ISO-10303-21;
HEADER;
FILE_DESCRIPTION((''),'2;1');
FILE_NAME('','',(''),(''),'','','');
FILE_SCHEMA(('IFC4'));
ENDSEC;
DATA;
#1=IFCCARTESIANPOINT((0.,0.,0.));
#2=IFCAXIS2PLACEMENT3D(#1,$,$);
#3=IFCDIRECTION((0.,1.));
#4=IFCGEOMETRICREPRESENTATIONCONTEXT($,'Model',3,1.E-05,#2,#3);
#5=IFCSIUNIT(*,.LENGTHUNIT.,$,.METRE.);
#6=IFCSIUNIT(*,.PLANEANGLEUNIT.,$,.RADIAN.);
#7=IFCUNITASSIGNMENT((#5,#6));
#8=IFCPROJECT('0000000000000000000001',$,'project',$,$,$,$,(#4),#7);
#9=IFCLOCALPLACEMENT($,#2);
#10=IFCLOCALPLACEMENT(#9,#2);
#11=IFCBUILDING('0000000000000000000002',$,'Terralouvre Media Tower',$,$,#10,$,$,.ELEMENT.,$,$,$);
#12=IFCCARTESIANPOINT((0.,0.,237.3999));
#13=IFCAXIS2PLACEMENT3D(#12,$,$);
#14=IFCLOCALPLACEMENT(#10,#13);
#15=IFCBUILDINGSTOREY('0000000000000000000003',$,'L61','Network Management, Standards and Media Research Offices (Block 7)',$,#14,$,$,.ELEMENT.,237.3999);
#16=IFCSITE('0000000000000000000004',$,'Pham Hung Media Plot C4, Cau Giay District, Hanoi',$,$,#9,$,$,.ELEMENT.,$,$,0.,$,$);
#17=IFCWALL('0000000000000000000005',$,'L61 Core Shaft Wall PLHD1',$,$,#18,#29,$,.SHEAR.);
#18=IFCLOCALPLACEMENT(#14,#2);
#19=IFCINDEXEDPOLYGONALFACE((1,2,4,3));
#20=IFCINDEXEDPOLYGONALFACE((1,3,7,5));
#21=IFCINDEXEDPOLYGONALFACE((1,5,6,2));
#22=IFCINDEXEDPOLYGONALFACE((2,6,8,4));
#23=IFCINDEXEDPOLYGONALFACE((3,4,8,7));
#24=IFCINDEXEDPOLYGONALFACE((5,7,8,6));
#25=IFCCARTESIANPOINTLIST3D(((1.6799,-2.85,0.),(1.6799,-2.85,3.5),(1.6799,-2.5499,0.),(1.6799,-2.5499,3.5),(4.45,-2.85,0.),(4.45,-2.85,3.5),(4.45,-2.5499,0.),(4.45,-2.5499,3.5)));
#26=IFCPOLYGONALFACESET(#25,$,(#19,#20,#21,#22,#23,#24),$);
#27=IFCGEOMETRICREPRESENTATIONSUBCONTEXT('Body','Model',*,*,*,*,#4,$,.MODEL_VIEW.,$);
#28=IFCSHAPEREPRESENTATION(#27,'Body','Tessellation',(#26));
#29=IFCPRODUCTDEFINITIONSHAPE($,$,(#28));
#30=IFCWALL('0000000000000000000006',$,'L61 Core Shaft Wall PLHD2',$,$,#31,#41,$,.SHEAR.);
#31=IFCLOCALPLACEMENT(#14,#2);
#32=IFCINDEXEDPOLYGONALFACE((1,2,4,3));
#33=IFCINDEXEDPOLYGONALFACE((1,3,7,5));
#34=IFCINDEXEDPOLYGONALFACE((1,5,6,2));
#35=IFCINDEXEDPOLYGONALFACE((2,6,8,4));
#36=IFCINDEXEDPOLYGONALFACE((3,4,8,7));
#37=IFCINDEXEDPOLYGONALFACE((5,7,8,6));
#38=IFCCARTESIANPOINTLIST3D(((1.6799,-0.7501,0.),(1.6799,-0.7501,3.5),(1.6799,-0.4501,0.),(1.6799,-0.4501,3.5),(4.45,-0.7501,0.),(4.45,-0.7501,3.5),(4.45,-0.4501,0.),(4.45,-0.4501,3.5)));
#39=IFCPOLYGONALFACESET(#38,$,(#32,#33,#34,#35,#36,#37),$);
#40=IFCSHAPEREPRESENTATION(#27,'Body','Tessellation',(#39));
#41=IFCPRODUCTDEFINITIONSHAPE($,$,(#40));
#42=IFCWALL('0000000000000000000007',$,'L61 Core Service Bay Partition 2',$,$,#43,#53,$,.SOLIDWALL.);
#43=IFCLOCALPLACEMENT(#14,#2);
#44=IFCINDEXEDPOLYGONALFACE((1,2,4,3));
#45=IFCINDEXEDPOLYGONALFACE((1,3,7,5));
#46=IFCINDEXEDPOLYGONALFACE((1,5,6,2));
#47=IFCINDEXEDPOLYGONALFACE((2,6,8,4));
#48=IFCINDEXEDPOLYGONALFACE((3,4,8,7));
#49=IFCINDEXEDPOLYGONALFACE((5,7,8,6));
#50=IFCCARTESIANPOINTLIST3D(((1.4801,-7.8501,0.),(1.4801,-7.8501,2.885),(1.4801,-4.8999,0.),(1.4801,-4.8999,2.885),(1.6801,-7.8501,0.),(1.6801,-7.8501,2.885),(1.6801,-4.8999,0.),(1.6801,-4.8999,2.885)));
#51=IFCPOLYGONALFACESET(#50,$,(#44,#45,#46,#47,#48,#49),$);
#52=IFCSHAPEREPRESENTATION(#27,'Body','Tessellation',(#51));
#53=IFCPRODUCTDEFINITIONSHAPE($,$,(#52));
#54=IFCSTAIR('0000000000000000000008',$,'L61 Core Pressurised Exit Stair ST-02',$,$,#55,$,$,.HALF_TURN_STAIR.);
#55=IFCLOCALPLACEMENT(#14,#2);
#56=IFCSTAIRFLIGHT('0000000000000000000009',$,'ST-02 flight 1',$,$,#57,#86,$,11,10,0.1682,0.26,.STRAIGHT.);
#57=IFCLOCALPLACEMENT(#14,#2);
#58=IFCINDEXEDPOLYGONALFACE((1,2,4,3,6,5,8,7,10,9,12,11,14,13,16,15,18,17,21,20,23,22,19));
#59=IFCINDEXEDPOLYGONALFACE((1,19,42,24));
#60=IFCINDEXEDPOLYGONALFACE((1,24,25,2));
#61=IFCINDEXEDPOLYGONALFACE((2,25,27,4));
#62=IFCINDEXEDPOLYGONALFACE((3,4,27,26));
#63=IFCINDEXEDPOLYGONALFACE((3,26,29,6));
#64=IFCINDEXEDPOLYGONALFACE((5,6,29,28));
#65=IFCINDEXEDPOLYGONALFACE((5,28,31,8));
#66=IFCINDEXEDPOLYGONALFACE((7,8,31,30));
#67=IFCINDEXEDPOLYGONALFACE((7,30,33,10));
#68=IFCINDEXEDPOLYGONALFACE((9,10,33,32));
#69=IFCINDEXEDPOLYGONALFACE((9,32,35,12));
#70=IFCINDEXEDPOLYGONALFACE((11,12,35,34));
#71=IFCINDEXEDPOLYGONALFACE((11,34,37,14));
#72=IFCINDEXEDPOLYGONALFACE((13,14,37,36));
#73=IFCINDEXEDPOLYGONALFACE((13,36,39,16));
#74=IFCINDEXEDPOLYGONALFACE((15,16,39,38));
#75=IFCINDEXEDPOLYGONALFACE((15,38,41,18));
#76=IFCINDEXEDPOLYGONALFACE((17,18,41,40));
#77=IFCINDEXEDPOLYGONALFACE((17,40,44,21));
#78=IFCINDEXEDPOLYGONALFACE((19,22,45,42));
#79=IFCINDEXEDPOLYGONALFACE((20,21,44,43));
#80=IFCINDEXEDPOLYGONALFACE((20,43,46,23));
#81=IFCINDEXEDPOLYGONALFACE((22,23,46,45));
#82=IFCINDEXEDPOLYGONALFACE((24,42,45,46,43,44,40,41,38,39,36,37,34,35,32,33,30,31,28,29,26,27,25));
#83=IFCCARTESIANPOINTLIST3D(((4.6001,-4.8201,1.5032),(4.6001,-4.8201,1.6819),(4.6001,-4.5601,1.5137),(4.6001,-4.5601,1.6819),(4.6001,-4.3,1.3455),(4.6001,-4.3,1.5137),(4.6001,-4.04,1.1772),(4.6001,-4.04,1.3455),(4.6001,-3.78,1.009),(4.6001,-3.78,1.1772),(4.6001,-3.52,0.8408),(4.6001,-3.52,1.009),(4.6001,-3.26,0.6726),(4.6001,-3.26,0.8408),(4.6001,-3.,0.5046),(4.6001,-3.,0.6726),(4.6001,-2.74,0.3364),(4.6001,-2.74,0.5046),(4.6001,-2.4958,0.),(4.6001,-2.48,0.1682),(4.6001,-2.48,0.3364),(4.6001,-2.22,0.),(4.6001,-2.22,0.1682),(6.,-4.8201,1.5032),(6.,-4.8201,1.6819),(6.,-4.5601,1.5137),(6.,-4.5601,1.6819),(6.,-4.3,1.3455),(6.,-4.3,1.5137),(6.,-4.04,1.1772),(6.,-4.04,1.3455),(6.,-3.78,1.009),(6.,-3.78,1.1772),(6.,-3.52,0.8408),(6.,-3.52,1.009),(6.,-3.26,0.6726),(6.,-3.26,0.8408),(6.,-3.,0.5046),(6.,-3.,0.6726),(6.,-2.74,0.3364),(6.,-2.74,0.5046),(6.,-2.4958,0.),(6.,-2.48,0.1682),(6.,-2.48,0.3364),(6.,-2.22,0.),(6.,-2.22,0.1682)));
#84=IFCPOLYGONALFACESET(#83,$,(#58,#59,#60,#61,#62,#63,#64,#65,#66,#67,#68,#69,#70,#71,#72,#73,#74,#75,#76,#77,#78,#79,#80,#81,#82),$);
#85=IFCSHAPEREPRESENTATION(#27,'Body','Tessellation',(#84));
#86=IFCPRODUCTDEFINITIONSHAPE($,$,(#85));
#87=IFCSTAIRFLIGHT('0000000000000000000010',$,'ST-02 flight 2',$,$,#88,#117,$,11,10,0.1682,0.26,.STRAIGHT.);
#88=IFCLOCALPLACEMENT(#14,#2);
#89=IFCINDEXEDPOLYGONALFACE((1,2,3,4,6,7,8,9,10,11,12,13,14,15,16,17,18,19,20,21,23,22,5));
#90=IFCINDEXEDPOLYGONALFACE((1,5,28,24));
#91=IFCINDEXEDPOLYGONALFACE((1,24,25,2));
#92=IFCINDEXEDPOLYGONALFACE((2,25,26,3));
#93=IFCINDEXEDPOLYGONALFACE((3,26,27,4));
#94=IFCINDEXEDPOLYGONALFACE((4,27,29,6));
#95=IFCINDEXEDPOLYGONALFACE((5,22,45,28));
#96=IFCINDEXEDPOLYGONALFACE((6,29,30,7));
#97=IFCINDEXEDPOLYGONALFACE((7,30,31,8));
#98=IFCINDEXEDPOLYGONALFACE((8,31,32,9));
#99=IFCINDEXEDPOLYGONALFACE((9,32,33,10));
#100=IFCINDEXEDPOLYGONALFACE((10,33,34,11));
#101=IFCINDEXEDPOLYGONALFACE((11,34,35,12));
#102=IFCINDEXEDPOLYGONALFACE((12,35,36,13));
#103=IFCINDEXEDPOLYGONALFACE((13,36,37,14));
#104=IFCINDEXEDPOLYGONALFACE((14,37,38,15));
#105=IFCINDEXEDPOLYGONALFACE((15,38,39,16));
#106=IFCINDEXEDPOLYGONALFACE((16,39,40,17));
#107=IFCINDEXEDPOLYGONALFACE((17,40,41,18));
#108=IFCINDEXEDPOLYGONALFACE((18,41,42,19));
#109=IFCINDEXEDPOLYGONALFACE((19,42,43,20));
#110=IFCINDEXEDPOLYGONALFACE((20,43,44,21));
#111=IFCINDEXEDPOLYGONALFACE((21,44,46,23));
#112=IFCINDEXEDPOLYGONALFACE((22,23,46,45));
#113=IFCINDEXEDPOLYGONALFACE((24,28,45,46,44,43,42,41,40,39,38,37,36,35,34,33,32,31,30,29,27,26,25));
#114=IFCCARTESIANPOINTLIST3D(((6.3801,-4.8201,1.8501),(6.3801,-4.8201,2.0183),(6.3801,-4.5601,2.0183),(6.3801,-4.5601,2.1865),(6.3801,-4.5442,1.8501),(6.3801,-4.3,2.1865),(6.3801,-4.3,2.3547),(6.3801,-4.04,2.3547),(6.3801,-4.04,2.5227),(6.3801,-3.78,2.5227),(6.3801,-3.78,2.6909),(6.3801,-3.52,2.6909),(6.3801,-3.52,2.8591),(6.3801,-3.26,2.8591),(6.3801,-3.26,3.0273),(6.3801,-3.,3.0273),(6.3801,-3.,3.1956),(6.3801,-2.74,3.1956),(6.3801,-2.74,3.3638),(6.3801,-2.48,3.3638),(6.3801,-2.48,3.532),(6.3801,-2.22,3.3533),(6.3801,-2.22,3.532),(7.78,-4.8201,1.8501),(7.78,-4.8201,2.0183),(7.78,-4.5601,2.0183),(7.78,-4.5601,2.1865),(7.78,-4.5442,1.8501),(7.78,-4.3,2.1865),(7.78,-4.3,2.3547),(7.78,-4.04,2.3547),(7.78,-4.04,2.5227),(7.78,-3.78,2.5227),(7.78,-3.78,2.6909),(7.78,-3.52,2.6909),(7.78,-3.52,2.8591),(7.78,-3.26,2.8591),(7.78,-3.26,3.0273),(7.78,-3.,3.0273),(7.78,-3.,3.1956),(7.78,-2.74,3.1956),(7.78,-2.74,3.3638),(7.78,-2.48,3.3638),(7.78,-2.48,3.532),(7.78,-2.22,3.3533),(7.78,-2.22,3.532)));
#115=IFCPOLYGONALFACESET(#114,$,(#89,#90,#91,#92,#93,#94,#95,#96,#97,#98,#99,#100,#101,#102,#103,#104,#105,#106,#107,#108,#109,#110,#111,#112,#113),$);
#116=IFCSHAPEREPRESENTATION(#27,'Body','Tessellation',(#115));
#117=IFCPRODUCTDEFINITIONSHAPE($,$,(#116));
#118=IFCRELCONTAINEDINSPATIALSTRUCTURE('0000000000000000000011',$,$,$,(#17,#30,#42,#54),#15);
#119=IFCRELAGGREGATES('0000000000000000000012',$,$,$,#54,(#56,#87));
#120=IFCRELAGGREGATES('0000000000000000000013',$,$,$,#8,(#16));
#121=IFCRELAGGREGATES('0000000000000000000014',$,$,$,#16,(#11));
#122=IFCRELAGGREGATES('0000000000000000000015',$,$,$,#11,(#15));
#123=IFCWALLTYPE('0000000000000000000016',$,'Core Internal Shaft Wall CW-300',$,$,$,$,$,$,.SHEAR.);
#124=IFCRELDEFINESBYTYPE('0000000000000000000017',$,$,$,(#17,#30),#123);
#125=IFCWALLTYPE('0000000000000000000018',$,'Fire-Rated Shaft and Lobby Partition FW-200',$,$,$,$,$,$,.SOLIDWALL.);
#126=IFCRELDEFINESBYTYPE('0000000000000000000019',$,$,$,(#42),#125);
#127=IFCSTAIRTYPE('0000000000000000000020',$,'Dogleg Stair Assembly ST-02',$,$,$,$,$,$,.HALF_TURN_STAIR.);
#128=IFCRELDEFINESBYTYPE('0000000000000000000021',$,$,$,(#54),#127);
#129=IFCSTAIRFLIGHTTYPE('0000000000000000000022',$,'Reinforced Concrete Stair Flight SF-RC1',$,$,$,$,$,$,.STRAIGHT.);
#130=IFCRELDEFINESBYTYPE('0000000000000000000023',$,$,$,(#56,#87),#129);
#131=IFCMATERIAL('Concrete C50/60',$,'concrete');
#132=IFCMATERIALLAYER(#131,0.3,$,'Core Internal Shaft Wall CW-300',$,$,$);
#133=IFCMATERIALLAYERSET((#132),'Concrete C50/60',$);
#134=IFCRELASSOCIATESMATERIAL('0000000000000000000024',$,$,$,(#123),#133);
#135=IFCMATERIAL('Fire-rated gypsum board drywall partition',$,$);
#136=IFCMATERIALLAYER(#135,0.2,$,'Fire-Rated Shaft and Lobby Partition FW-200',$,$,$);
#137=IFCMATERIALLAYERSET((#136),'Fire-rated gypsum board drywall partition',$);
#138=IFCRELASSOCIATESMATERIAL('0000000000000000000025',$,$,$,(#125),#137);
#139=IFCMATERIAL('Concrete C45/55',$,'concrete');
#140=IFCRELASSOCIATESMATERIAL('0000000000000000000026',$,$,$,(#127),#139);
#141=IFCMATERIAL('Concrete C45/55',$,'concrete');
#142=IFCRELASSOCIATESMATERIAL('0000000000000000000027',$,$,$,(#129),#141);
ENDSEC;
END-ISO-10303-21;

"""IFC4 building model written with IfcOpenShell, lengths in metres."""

from ifc_helpers import new_model, si_unit, direction, frame, frame_2d, origin, place, context, subcontext, project, spatial, polyline, rectangle, outline, extrude, material, layer, layer_set, type_object, element, aggregate, save


model = new_model("IFC4")

# Units and contexts
model_context = context("Model", 3, precision=1e-05, world=origin(), true_north=direction((0.0, 1.0)))
body_context = subcontext(model_context, "Body", "Model", "MODEL_VIEW")
ifc_project = project(units=[si_unit("LENGTHUNIT", "METRE"), si_unit("PLANEANGLEUNIT", "RADIAN")], contexts=[model_context])

# Site, building, storey
site_placement = place(None, origin())
site = spatial("IfcSite", under=ifc_project, at=site_placement, Name="Pham Hung Media Plot C4, Cau Giay District, Hanoi", CompositionType="ELEMENT", RefElevation=0.0)
building_placement = place(site_placement, origin())
building = spatial("IfcBuilding", under=site, at=building_placement, Name="Terralouvre Media Tower", CompositionType="ELEMENT")
storey_placement = place(building_placement, frame((0.0, 0.0, 237.3999)))
storey = spatial("IfcBuildingStorey", under=building, at=storey_placement, Name="L61", Description="Network Management, Standards and Media Research Offices (Block 7)", CompositionType="ELEMENT", Elevation=237.3999)

# Shared definitions
ifc_material_1 = material(Name="Concrete C50/60", Category="concrete")
ifc_layer_1 = layer(ifc_material_1, 0.3, Name="Core Internal Shaft Wall CW-300")
ifc_layer_set_1 = layer_set([ifc_layer_1], Name="Concrete C50/60")
wall_type_1 = type_object("IfcWallType", Name="Core Internal Shaft Wall CW-300", PredefinedType="SHEAR", material=ifc_layer_set_1)

# Walls
for number, where, z_axis, x_axis, name in (
    (1, (1.6799, -2.7, 0.0), (0.0, 0.0, 1.0), (1.0, 0.0, 0.0), "L61 Core Shaft Wall PLHD1"),
    (2, (1.6799, -0.6001, 0.0), (0.0, 0.0, 1.0), (1.0, 0.0, 0.0), "L61 Core Shaft Wall PLHD2"),
):
    element("IfcWall", number, at=place(storey_placement, frame(where, z_axis=z_axis, x_axis=x_axis)), inside=storey, type_object=wall_type_1, Name=name, PredefinedType="SHEAR", context=body_context, shape_type="SweptSolid", body=[
        extrude(rectangle(XDim=2.77, YDim=0.3, at=frame_2d((1.385, 0.0))), origin(), (0.0, 0.0, 1.0), 3.5),
    ])
ifc_material_2 = material(Name="Fire-rated gypsum board drywall partition")
ifc_layer_2 = layer(ifc_material_2, 0.2, Name="Fire-Rated Shaft and Lobby Partition FW-200")
ifc_layer_set_2 = layer_set([ifc_layer_2], Name="Fire-rated gypsum board drywall partition")
wall_type_2 = type_object("IfcWallType", Name="Fire-Rated Shaft and Lobby Partition FW-200", PredefinedType="SOLIDWALL", material=ifc_layer_set_2)
wall_1_placement = place(storey_placement, frame((1.5801, -7.8501, 0.0), z_axis=(0.0, 0.0, 1.0), x_axis=(0.0, 1.0, 0.0)))
element("IfcWall", 3, at=wall_1_placement, inside=storey, type_object=wall_type_2, Name="L61 Core Service Bay Partition 2", PredefinedType="SOLIDWALL", context=body_context, shape_type="SweptSolid", body=[
    extrude(rectangle(XDim=2.9502, YDim=0.2, at=frame_2d((1.4751, 0.0))), origin(), (0.0, 0.0, 1.0), 2.885),
])

# Stair, stair flights
ifc_material_3 = material(Name="Concrete C45/55", Category="concrete")
stair_type = type_object("IfcStairType", Name="Dogleg Stair Assembly ST-02", PredefinedType="HALF_TURN_STAIR", material=ifc_material_3)
stair_placement = place(storey_placement, origin())
stair = element("IfcStair", 4, at=stair_placement, inside=storey, type_object=stair_type, Name="L61 Core Pressurised Exit Stair ST-02", PredefinedType="HALF_TURN_STAIR")
ifc_material_4 = material(Name="Concrete C45/55", Category="concrete")
stair_flight_type = type_object("IfcStairFlightType", Name="Reinforced Concrete Stair Flight SF-RC1", PredefinedType="STRAIGHT", material=ifc_material_4)
stair_flight_1_placement = place(storey_placement, frame((5.3, -2.22, 0.0), z_axis=(0.0, 0.0, 1.0), x_axis=(0.0, -1.0, 0.0)))
stair_flight_1 = element("IfcStairFlight", 5, at=stair_flight_1_placement, type_object=stair_flight_type, Name="ST-02 flight 1", NumberOfRisers=11, NumberOfTreads=10, PredefinedType="STRAIGHT", RiserHeight=0.1682, TreadLength=0.26, context=body_context, shape_type="SweptSolid", body=[
    extrude(outline(polyline([(0.0, 0.0), (0.0, 0.1682), (0.26, 0.1682), (0.26, 0.3364), (0.52, 0.3364), (0.52, 0.5046), (0.78, 0.5046), (0.78, 0.6726), (1.04, 0.6726), (1.04, 0.8408), (1.3, 0.8408), (1.3, 1.009), (1.5601, 1.009), (1.5601, 1.1772), (1.8201, 1.1772), (1.8201, 1.3455), (2.0801, 1.3455), (2.0801, 1.5137), (2.3401, 1.5137), (2.3401, 1.6819), (2.6001, 1.6819), (2.6001, 1.8501), (2.6001, 1.5032), (0.2759, 0.0), (0.0, 0.0)])), frame((0.0, 0.7, 0.0), z_axis=(0.0, -1.0, 0.0), x_axis=(1.0, 0.0, 0.0)), (0.0, 0.0, 1.0), 1.3999),
])
stair_flight_2_placement = place(storey_placement, frame((7.0801, -4.8201, 1.8501), z_axis=(0.0, 0.0, 1.0), x_axis=(0.0, 1.0, 0.0)))
stair_flight_2 = element("IfcStairFlight", 6, at=stair_flight_2_placement, type_object=stair_flight_type, Name="ST-02 flight 2", NumberOfRisers=11, NumberOfTreads=10, PredefinedType="STRAIGHT", RiserHeight=0.1682, TreadLength=0.26, context=body_context, shape_type="SweptSolid", body=[
    extrude(outline(polyline([(0.0, 0.0), (0.0, 0.1682), (0.26, 0.1682), (0.26, 0.3364), (0.52, 0.3364), (0.52, 0.5046), (0.78, 0.5046), (0.78, 0.6726), (1.04, 0.6726), (1.04, 0.8408), (1.3, 0.8408), (1.3, 1.009), (1.5601, 1.009), (1.5601, 1.1772), (1.8201, 1.1772), (1.8201, 1.3455), (2.0801, 1.3455), (2.0801, 1.5137), (2.3401, 1.5137), (2.3401, 1.6819), (2.6001, 1.6819), (2.6001, 1.8501), (2.6001, 1.5032), (0.2759, 0.0), (0.0, 0.0)])), frame((0.0, 0.7, 0.0), z_axis=(0.0, -1.0, 0.0), x_axis=(1.0, 0.0, 0.0)), (0.0, 0.0, 1.0), 1.3999),
])
aggregate(stair, [stair_flight_1, stair_flight_2])

save(model, "model.ifc")
